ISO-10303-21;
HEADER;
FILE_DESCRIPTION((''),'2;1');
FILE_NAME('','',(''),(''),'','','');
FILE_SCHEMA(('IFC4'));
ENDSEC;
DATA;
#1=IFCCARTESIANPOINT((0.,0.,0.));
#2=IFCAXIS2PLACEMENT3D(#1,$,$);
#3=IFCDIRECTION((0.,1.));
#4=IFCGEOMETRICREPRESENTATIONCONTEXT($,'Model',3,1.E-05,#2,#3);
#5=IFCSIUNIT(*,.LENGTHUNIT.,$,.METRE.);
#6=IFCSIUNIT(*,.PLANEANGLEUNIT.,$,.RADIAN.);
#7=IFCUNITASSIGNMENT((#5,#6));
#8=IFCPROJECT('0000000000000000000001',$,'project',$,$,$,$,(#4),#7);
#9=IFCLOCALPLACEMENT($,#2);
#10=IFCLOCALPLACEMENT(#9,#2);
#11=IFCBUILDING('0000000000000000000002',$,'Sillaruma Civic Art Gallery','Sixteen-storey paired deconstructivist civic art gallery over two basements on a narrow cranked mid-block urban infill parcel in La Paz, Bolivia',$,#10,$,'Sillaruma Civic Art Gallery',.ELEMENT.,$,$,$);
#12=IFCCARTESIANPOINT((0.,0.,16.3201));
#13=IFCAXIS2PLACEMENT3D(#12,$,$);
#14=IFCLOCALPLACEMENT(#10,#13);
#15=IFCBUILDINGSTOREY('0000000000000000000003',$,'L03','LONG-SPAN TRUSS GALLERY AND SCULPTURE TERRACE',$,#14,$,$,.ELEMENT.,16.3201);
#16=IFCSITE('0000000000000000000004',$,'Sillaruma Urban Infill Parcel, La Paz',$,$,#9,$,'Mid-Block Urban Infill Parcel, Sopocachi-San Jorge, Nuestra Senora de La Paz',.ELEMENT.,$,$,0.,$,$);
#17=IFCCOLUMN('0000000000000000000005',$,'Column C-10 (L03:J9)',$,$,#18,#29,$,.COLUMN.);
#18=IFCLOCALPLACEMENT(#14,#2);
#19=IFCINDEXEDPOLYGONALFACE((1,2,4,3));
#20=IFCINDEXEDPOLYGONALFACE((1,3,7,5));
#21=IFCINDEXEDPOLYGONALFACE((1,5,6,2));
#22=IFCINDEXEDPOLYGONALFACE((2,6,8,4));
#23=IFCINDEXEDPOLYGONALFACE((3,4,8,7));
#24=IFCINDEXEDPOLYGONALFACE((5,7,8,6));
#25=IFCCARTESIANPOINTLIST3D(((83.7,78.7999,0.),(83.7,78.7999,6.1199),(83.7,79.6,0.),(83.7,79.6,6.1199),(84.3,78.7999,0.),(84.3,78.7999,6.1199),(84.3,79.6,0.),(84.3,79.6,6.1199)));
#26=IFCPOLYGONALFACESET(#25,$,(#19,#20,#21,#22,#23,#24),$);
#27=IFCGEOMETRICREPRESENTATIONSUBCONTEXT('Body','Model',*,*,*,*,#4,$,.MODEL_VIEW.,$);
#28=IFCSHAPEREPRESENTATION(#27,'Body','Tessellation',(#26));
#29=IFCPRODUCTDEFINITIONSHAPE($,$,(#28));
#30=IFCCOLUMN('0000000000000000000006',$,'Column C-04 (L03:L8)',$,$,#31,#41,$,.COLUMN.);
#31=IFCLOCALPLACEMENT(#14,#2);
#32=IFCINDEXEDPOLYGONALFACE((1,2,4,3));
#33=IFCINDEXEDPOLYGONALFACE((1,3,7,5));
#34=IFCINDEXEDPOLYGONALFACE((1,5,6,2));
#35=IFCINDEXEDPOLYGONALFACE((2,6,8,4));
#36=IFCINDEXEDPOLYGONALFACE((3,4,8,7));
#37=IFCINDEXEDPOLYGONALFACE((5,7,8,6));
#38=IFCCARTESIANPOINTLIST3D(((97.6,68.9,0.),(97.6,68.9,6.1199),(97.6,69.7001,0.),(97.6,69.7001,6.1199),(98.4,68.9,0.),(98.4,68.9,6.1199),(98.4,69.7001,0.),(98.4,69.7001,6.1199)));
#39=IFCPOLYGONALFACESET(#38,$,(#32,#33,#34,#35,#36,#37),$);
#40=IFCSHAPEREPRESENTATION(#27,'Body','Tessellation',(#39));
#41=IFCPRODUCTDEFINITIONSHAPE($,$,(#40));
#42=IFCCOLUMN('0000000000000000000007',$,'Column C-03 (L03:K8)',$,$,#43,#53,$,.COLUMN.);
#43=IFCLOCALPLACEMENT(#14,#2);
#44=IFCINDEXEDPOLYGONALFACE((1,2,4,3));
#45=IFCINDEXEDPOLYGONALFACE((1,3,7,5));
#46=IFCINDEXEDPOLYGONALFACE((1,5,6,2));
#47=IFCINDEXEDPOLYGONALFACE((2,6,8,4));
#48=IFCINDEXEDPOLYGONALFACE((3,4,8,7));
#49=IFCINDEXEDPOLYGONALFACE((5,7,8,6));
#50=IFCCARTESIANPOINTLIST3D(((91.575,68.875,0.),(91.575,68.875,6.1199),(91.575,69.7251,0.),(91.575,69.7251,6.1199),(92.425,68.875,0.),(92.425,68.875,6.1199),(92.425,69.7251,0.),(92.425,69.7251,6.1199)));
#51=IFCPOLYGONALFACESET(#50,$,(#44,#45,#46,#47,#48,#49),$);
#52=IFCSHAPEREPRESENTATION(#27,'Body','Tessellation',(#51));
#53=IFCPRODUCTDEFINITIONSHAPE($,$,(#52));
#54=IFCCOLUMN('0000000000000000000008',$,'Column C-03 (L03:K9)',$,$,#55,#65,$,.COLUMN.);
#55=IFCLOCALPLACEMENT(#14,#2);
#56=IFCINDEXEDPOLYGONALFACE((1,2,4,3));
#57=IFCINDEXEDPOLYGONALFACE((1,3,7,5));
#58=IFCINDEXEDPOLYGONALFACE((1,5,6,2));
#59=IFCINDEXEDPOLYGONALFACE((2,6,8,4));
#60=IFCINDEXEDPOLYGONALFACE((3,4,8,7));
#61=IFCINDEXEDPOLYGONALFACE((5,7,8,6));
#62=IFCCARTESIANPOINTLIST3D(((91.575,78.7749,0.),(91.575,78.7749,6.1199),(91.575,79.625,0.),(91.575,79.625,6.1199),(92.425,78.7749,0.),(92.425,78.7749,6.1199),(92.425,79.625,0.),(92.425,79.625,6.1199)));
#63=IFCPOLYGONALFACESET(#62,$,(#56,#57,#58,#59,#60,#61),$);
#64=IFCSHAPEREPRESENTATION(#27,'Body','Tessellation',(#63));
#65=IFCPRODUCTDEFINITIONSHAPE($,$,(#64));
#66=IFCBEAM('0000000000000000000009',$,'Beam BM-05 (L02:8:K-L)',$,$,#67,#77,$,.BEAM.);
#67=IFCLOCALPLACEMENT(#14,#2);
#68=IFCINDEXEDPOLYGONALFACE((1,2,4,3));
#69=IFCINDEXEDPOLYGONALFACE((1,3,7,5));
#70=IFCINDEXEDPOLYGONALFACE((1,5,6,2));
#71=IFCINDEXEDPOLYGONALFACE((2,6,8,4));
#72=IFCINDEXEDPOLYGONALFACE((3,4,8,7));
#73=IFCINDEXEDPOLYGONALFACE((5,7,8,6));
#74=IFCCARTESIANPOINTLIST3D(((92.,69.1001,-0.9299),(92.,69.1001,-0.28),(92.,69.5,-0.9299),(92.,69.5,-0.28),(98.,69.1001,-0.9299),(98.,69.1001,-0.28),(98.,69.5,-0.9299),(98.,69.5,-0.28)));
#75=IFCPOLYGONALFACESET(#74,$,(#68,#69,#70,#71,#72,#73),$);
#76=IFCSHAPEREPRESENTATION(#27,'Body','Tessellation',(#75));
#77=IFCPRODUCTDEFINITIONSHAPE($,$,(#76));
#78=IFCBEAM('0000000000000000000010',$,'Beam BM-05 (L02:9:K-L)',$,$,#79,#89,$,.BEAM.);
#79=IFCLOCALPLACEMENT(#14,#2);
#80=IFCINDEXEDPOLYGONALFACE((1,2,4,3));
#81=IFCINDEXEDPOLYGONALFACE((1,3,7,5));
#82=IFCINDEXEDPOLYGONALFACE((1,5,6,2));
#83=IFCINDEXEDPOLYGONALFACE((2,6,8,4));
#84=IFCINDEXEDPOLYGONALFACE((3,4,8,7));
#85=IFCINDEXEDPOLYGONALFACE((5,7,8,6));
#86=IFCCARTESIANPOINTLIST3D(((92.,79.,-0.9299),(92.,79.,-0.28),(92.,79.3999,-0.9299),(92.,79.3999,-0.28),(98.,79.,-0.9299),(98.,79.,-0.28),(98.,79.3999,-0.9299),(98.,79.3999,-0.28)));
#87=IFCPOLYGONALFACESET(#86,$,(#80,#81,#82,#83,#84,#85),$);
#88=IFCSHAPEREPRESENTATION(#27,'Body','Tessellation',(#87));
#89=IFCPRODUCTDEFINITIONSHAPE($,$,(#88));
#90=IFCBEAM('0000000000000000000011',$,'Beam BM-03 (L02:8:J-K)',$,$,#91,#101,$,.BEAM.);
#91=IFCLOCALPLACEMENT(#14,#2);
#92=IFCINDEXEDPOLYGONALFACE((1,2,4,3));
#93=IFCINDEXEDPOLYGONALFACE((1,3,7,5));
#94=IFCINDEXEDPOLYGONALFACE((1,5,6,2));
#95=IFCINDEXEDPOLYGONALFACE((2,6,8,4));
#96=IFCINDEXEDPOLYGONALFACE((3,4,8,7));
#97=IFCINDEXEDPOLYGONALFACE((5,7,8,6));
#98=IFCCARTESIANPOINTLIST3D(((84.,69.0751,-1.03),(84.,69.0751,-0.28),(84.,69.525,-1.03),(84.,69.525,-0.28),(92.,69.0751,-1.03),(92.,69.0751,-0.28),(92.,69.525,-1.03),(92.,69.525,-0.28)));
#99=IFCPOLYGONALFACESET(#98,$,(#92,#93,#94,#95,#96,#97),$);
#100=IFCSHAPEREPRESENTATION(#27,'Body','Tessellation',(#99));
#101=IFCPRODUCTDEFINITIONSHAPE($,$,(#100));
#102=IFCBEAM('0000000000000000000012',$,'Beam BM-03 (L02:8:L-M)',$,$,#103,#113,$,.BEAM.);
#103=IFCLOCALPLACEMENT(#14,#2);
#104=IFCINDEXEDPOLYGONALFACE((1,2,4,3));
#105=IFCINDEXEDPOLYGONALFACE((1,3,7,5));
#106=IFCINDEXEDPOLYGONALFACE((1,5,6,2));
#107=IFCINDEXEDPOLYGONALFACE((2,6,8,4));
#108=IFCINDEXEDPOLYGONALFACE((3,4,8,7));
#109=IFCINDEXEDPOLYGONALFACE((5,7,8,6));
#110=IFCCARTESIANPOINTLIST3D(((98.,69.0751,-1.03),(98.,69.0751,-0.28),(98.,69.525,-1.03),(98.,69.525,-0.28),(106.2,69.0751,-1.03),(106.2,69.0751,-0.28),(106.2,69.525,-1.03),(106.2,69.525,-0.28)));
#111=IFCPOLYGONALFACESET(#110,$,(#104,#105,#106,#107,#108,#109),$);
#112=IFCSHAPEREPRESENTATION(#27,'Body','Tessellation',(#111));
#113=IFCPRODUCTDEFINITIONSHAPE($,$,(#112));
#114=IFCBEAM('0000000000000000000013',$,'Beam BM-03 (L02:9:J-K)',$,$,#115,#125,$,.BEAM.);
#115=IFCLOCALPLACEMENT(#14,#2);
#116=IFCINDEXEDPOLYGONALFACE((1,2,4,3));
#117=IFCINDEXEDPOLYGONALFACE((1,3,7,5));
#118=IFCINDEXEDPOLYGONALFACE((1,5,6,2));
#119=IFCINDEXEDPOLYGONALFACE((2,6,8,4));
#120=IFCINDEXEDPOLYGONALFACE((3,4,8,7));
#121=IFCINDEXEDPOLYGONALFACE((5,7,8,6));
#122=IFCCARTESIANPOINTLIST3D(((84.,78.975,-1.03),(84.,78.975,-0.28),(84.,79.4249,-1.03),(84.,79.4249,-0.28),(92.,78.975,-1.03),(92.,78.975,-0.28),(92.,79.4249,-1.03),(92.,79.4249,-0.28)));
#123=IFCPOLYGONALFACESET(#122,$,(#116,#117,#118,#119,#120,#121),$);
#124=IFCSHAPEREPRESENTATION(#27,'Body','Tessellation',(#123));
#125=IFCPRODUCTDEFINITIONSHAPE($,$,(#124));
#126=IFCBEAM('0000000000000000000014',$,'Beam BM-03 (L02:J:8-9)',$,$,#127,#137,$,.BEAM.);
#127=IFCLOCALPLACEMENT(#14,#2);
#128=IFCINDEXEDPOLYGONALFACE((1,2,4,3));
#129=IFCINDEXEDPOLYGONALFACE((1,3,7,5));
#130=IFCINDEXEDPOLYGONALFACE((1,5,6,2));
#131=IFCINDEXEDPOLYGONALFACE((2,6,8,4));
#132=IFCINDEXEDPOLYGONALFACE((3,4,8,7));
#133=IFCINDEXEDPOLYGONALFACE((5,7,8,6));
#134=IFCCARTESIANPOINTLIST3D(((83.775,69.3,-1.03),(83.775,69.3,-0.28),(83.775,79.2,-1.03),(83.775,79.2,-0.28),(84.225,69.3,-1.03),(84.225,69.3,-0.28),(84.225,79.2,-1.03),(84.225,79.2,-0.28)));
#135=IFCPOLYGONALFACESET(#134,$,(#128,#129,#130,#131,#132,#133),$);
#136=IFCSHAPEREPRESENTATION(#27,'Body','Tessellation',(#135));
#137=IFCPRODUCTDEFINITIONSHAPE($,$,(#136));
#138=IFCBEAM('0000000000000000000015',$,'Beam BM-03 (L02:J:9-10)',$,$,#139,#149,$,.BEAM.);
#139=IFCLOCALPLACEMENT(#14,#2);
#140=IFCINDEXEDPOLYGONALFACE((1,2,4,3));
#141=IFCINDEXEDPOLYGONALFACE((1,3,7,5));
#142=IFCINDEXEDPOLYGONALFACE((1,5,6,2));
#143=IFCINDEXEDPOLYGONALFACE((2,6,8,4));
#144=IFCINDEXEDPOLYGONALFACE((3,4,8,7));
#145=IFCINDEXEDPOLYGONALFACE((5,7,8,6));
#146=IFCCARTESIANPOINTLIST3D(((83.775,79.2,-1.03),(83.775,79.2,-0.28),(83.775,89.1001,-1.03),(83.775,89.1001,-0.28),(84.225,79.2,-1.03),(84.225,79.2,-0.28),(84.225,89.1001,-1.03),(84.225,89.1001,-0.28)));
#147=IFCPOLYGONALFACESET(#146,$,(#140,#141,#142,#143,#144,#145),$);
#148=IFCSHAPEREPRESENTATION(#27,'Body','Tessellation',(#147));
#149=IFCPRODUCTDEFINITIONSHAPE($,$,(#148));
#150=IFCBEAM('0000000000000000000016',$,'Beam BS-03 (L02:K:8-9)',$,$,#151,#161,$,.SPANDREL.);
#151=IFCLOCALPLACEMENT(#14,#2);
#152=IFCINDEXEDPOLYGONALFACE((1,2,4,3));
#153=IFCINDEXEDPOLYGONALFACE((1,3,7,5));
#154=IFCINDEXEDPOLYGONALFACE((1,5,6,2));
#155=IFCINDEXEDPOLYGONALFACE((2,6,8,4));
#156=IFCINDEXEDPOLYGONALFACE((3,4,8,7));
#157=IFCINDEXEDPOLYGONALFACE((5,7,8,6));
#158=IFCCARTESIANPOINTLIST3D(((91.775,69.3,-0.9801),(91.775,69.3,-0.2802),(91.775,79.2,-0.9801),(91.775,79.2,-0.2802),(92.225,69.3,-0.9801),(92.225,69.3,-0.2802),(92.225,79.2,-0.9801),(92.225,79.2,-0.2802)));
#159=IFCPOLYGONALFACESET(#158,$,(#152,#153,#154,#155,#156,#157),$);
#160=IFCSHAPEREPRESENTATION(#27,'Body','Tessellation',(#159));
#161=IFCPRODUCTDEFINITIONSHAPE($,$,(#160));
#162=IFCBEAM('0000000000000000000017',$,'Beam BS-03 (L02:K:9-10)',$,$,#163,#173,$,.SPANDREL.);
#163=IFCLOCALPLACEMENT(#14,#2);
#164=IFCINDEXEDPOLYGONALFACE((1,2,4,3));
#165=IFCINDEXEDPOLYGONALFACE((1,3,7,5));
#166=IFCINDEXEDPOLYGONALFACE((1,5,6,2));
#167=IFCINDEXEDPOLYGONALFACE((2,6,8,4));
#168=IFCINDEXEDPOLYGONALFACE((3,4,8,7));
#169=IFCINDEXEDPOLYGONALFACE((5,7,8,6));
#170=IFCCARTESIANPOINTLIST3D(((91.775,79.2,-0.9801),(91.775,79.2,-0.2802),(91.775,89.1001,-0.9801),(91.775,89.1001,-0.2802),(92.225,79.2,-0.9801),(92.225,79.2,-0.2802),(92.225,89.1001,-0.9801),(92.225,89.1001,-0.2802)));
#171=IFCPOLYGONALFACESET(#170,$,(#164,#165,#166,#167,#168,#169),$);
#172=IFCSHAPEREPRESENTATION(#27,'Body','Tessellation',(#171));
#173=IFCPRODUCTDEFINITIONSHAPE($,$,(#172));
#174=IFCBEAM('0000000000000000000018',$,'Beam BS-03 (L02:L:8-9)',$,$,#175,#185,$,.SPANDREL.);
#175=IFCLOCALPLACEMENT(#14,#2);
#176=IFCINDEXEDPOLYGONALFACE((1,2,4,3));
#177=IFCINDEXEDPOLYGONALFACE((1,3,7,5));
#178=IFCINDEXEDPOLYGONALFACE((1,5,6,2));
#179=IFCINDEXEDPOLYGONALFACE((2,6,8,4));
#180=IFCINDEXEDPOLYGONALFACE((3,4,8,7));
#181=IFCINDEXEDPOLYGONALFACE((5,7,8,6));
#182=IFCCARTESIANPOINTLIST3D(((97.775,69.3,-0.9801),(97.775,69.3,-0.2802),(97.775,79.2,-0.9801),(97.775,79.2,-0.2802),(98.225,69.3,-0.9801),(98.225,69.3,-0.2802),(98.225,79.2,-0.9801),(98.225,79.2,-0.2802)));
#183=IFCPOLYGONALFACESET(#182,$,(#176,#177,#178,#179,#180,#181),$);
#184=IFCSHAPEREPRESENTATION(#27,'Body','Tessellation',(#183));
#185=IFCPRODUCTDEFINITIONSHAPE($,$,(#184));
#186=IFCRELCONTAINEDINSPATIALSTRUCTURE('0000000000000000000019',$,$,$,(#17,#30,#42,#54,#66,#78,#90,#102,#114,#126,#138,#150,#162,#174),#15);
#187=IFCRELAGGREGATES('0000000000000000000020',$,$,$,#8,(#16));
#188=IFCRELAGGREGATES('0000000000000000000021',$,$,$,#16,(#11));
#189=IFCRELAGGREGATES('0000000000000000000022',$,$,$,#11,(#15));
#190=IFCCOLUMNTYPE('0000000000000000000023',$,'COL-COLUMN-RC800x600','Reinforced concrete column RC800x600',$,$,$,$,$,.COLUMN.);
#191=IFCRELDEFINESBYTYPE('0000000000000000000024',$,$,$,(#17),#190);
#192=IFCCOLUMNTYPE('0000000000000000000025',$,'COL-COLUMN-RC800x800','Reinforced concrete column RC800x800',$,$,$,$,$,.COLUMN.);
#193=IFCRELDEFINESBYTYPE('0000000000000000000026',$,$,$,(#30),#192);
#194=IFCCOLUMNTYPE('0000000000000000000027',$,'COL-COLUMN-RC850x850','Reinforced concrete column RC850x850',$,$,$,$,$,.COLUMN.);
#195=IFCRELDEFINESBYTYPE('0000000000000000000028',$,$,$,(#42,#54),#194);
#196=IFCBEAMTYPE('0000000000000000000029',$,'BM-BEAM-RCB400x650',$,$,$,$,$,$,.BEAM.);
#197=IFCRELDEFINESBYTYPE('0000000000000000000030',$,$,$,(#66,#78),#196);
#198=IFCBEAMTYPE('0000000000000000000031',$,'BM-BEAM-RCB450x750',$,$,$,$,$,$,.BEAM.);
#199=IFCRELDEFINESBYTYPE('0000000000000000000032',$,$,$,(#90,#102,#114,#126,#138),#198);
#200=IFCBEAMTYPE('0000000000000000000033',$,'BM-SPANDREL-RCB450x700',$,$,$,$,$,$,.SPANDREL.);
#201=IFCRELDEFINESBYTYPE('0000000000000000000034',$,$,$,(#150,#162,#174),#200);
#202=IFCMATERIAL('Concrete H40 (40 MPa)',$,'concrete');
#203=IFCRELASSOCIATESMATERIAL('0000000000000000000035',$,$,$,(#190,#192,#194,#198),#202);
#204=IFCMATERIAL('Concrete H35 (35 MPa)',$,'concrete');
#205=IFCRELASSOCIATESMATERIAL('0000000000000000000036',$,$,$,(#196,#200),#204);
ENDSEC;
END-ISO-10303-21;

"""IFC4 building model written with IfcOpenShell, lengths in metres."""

from ifc_helpers import new_model, si_unit, direction, frame, origin, origin_2d, place, context, subcontext, project, spatial, rectangle, extrude, material, material_profile, profile_set, type_object, element, save


model = new_model("IFC4")

# Units and contexts
model_context = context("Model", 3, precision=1e-05, world=origin(), true_north=direction((0.0, 1.0)))
body_context = subcontext(model_context, "Body", "Model", "MODEL_VIEW")
ifc_project = project(units=[si_unit("LENGTHUNIT", "METRE"), si_unit("PLANEANGLEUNIT", "RADIAN")], contexts=[model_context])

# Site, building, storey
site_placement = place(None, origin())
site = spatial("IfcSite", under=ifc_project, at=site_placement, Name="Sillaruma Urban Infill Parcel, La Paz", LongName="Mid-Block Urban Infill Parcel, Sopocachi-San Jorge, Nuestra Senora de La Paz", CompositionType="ELEMENT", RefElevation=0.0)
building_placement = place(site_placement, origin())
building = spatial("IfcBuilding", under=site, at=building_placement, Name="Sillaruma Civic Art Gallery", Description="Sixteen-storey paired deconstructivist civic art gallery over two basements on a narrow cranked mid-block urban infill parcel in La Paz, Bolivia", LongName="Sillaruma Civic Art Gallery", CompositionType="ELEMENT")
storey_placement = place(building_placement, frame((0.0, 0.0, 16.3201)))
storey = spatial("IfcBuildingStorey", under=building, at=storey_placement, Name="L03", Description="LONG-SPAN TRUSS GALLERY AND SCULPTURE TERRACE", CompositionType="ELEMENT", Elevation=16.3201)

# Columns
ifc_material_1 = material(Name="Concrete H40 (40 MPa)", Category="concrete")
ifc_material_profile_1 = material_profile(ifc_material_1, rectangle(XDim=0.6001, YDim=0.8, at=origin_2d()), Name="RC800x600")
ifc_profile_set_1 = profile_set([ifc_material_profile_1], Name="Concrete H40 (40 MPa)")
column_type_1 = type_object("IfcColumnType", Name="COL-COLUMN-RC800x600", Description="Reinforced concrete column RC800x600", PredefinedType="COLUMN", material=ifc_profile_set_1)
column_1_placement = place(storey_placement, frame((84.0, 79.2, 0.0), z_axis=(0.0, 0.0, 1.0), x_axis=(1.0, 0.0, 0.0)))
element("IfcColumn", 1, at=column_1_placement, inside=storey, type_object=column_type_1, Name="Column C-10 (L03:J9)", PredefinedType="COLUMN", context=body_context, shape_type="SweptSolid", body=[
    extrude(rectangle(XDim=0.6001, YDim=0.8, at=origin_2d()), origin(), (0.0, 0.0, 1.0), 6.1199),
])
ifc_material_profile_2 = material_profile(ifc_material_1, rectangle(XDim=0.8, YDim=0.8, at=origin_2d()), Name="RC800x800")
ifc_profile_set_2 = profile_set([ifc_material_profile_2], Name="Concrete H40 (40 MPa)")
column_type_2 = type_object("IfcColumnType", Name="COL-COLUMN-RC800x800", Description="Reinforced concrete column RC800x800", PredefinedType="COLUMN", material=ifc_profile_set_2)
column_2_placement = place(storey_placement, frame((98.0, 69.3, 0.0), z_axis=(0.0, 0.0, 1.0), x_axis=(1.0, 0.0, 0.0)))
element("IfcColumn", 2, at=column_2_placement, inside=storey, type_object=column_type_2, Name="Column C-04 (L03:L8)", PredefinedType="COLUMN", context=body_context, shape_type="SweptSolid", body=[
    extrude(rectangle(XDim=0.8, YDim=0.8, at=origin_2d()), origin(), (0.0, 0.0, 1.0), 6.1199),
])
ifc_material_profile_3 = material_profile(ifc_material_1, rectangle(XDim=0.8501, YDim=0.8501, at=origin_2d()), Name="RC850x850")
ifc_profile_set_3 = profile_set([ifc_material_profile_3], Name="Concrete H40 (40 MPa)")
column_type_3 = type_object("IfcColumnType", Name="COL-COLUMN-RC850x850", Description="Reinforced concrete column RC850x850", PredefinedType="COLUMN", material=ifc_profile_set_3)
for number, where, z_axis, x_axis, name in (
    (3, (92.0, 69.3, 0.0), (0.0, 0.0, 1.0), (1.0, 0.0, 0.0), "Column C-03 (L03:K8)"),
    (4, (92.0, 79.2, 0.0), (0.0, 0.0, 1.0), (1.0, 0.0, 0.0), "Column C-03 (L03:K9)"),
):
    element("IfcColumn", number, at=place(storey_placement, frame(where, z_axis=z_axis, x_axis=x_axis)), inside=storey, type_object=column_type_3, Name=name, PredefinedType="COLUMN", context=body_context, shape_type="SweptSolid", body=[
        extrude(rectangle(XDim=0.8501, YDim=0.8501, at=origin_2d()), origin(), (0.0, 0.0, 1.0), 6.1199),
    ])

# Beams
ifc_material_2 = material(Name="Concrete H35 (35 MPa)", Category="concrete")
ifc_material_profile_4 = material_profile(ifc_material_2, rectangle(XDim=0.3999, YDim=0.6499, at=origin_2d()), Name="RCB400x650")
ifc_profile_set_4 = profile_set([ifc_material_profile_4], Name="Concrete H35 (35 MPa)")
beam_type_1 = type_object("IfcBeamType", Name="BM-BEAM-RCB400x650", PredefinedType="BEAM", material=ifc_profile_set_4)
for number, where, z_axis, x_axis, name in (
    (5, (92.0, 69.3, -0.605), (1.0, 0.0, 0.0), (0.0, 1.0, 0.0), "Beam BM-05 (L02:8:K-L)"),
    (6, (92.0, 79.2, -0.605), (1.0, 0.0, 0.0), (0.0, 1.0, 0.0), "Beam BM-05 (L02:9:K-L)"),
):
    element("IfcBeam", number, at=place(storey_placement, frame(where, z_axis=z_axis, x_axis=x_axis)), inside=storey, type_object=beam_type_1, Name=name, PredefinedType="BEAM", context=body_context, shape_type="SweptSolid", body=[
        extrude(rectangle(XDim=0.3999, YDim=0.6499, at=origin_2d()), origin(), (0.0, 0.0, 1.0), 6.0),
    ])
ifc_material_profile_5 = material_profile(ifc_material_1, rectangle(XDim=0.45, YDim=0.75, at=origin_2d()), Name="RCB450x750")
ifc_profile_set_5 = profile_set([ifc_material_profile_5], Name="Concrete H40 (40 MPa)")
beam_type_2 = type_object("IfcBeamType", Name="BM-BEAM-RCB450x750", PredefinedType="BEAM", material=ifc_profile_set_5)
beam_1_placement = place(storey_placement, frame((84.0, 69.3, -0.655), z_axis=(1.0, 0.0, 0.0), x_axis=(0.0, 1.0, 0.0)))
element("IfcBeam", 7, at=beam_1_placement, inside=storey, type_object=beam_type_2, Name="Beam BM-03 (L02:8:J-K)", PredefinedType="BEAM", context=body_context, shape_type="SweptSolid", body=[
    extrude(rectangle(XDim=0.45, YDim=0.75, at=origin_2d()), origin(), (0.0, 0.0, 1.0), 8.0),
])
beam_2_placement = place(storey_placement, frame((98.0, 69.3, -0.655), z_axis=(1.0, 0.0, 0.0), x_axis=(0.0, 1.0, 0.0)))
element("IfcBeam", 8, at=beam_2_placement, inside=storey, type_object=beam_type_2, Name="Beam BM-03 (L02:8:L-M)", PredefinedType="BEAM", context=body_context, shape_type="SweptSolid", body=[
    extrude(rectangle(XDim=0.45, YDim=0.75, at=origin_2d()), origin(), (0.0, 0.0, 1.0), 8.2),
])
beam_3_placement = place(storey_placement, frame((84.0, 79.2, -0.655), z_axis=(1.0, 0.0, 0.0), x_axis=(0.0, 1.0, 0.0)))
element("IfcBeam", 9, at=beam_3_placement, inside=storey, type_object=beam_type_2, Name="Beam BM-03 (L02:9:J-K)", PredefinedType="BEAM", context=body_context, shape_type="SweptSolid", body=[
    extrude(rectangle(XDim=0.45, YDim=0.75, at=origin_2d()), origin(), (0.0, 0.0, 1.0), 8.0),
])
beam_4_placement = place(storey_placement, frame((84.0, 69.3, -0.655), z_axis=(0.0, 1.0, 0.0), x_axis=(-1.0, 0.0, 0.0)))
element("IfcBeam", 10, at=beam_4_placement, inside=storey, type_object=beam_type_2, Name="Beam BM-03 (L02:J:8-9)", PredefinedType="BEAM", context=body_context, shape_type="SweptSolid", body=[
    extrude(rectangle(XDim=0.45, YDim=0.75, at=origin_2d()), origin(), (0.0, 0.0, 1.0), 9.8999),
])
beam_5_placement = place(storey_placement, frame((84.0, 79.2, -0.655), z_axis=(0.0, 1.0, 0.0), x_axis=(-1.0, 0.0, 0.0)))
element("IfcBeam", 11, at=beam_5_placement, inside=storey, type_object=beam_type_2, Name="Beam BM-03 (L02:J:9-10)", PredefinedType="BEAM", context=body_context, shape_type="SweptSolid", body=[
    extrude(rectangle(XDim=0.45, YDim=0.75, at=origin_2d()), origin(), (0.0, 0.0, 1.0), 9.9001),
])
ifc_material_profile_6 = material_profile(ifc_material_2, rectangle(XDim=0.45, YDim=0.7, at=origin_2d()), Name="RCB450x700")
ifc_profile_set_6 = profile_set([ifc_material_profile_6], Name="Concrete H35 (35 MPa)")
beam_type_3 = type_object("IfcBeamType", Name="BM-SPANDREL-RCB450x700", PredefinedType="SPANDREL", material=ifc_profile_set_6)
beam_6_placement = place(storey_placement, frame((92.0, 69.3, -0.6301), z_axis=(0.0, 1.0, 0.0), x_axis=(-1.0, 0.0, 0.0)))
element("IfcBeam", 12, at=beam_6_placement, inside=storey, type_object=beam_type_3, Name="Beam BS-03 (L02:K:8-9)", PredefinedType="SPANDREL", context=body_context, shape_type="SweptSolid", body=[
    extrude(rectangle(XDim=0.45, YDim=0.7, at=origin_2d()), origin(), (0.0, 0.0, 1.0), 9.8999),
])
beam_7_placement = place(storey_placement, frame((92.0, 79.2, -0.6301), z_axis=(0.0, 1.0, 0.0), x_axis=(-1.0, 0.0, 0.0)))
element("IfcBeam", 13, at=beam_7_placement, inside=storey, type_object=beam_type_3, Name="Beam BS-03 (L02:K:9-10)", PredefinedType="SPANDREL", context=body_context, shape_type="SweptSolid", body=[
    extrude(rectangle(XDim=0.45, YDim=0.7, at=origin_2d()), origin(), (0.0, 0.0, 1.0), 9.9001),
])
beam_8_placement = place(storey_placement, frame((98.0, 69.3, -0.6301), z_axis=(0.0, 1.0, 0.0), x_axis=(-1.0, 0.0, 0.0)))
element("IfcBeam", 14, at=beam_8_placement, inside=storey, type_object=beam_type_3, Name="Beam BS-03 (L02:L:8-9)", PredefinedType="SPANDREL", context=body_context, shape_type="SweptSolid", body=[
    extrude(rectangle(XDim=0.45, YDim=0.7, at=origin_2d()), origin(), (0.0, 0.0, 1.0), 9.8999),
])

save(model, "model.ifc")
